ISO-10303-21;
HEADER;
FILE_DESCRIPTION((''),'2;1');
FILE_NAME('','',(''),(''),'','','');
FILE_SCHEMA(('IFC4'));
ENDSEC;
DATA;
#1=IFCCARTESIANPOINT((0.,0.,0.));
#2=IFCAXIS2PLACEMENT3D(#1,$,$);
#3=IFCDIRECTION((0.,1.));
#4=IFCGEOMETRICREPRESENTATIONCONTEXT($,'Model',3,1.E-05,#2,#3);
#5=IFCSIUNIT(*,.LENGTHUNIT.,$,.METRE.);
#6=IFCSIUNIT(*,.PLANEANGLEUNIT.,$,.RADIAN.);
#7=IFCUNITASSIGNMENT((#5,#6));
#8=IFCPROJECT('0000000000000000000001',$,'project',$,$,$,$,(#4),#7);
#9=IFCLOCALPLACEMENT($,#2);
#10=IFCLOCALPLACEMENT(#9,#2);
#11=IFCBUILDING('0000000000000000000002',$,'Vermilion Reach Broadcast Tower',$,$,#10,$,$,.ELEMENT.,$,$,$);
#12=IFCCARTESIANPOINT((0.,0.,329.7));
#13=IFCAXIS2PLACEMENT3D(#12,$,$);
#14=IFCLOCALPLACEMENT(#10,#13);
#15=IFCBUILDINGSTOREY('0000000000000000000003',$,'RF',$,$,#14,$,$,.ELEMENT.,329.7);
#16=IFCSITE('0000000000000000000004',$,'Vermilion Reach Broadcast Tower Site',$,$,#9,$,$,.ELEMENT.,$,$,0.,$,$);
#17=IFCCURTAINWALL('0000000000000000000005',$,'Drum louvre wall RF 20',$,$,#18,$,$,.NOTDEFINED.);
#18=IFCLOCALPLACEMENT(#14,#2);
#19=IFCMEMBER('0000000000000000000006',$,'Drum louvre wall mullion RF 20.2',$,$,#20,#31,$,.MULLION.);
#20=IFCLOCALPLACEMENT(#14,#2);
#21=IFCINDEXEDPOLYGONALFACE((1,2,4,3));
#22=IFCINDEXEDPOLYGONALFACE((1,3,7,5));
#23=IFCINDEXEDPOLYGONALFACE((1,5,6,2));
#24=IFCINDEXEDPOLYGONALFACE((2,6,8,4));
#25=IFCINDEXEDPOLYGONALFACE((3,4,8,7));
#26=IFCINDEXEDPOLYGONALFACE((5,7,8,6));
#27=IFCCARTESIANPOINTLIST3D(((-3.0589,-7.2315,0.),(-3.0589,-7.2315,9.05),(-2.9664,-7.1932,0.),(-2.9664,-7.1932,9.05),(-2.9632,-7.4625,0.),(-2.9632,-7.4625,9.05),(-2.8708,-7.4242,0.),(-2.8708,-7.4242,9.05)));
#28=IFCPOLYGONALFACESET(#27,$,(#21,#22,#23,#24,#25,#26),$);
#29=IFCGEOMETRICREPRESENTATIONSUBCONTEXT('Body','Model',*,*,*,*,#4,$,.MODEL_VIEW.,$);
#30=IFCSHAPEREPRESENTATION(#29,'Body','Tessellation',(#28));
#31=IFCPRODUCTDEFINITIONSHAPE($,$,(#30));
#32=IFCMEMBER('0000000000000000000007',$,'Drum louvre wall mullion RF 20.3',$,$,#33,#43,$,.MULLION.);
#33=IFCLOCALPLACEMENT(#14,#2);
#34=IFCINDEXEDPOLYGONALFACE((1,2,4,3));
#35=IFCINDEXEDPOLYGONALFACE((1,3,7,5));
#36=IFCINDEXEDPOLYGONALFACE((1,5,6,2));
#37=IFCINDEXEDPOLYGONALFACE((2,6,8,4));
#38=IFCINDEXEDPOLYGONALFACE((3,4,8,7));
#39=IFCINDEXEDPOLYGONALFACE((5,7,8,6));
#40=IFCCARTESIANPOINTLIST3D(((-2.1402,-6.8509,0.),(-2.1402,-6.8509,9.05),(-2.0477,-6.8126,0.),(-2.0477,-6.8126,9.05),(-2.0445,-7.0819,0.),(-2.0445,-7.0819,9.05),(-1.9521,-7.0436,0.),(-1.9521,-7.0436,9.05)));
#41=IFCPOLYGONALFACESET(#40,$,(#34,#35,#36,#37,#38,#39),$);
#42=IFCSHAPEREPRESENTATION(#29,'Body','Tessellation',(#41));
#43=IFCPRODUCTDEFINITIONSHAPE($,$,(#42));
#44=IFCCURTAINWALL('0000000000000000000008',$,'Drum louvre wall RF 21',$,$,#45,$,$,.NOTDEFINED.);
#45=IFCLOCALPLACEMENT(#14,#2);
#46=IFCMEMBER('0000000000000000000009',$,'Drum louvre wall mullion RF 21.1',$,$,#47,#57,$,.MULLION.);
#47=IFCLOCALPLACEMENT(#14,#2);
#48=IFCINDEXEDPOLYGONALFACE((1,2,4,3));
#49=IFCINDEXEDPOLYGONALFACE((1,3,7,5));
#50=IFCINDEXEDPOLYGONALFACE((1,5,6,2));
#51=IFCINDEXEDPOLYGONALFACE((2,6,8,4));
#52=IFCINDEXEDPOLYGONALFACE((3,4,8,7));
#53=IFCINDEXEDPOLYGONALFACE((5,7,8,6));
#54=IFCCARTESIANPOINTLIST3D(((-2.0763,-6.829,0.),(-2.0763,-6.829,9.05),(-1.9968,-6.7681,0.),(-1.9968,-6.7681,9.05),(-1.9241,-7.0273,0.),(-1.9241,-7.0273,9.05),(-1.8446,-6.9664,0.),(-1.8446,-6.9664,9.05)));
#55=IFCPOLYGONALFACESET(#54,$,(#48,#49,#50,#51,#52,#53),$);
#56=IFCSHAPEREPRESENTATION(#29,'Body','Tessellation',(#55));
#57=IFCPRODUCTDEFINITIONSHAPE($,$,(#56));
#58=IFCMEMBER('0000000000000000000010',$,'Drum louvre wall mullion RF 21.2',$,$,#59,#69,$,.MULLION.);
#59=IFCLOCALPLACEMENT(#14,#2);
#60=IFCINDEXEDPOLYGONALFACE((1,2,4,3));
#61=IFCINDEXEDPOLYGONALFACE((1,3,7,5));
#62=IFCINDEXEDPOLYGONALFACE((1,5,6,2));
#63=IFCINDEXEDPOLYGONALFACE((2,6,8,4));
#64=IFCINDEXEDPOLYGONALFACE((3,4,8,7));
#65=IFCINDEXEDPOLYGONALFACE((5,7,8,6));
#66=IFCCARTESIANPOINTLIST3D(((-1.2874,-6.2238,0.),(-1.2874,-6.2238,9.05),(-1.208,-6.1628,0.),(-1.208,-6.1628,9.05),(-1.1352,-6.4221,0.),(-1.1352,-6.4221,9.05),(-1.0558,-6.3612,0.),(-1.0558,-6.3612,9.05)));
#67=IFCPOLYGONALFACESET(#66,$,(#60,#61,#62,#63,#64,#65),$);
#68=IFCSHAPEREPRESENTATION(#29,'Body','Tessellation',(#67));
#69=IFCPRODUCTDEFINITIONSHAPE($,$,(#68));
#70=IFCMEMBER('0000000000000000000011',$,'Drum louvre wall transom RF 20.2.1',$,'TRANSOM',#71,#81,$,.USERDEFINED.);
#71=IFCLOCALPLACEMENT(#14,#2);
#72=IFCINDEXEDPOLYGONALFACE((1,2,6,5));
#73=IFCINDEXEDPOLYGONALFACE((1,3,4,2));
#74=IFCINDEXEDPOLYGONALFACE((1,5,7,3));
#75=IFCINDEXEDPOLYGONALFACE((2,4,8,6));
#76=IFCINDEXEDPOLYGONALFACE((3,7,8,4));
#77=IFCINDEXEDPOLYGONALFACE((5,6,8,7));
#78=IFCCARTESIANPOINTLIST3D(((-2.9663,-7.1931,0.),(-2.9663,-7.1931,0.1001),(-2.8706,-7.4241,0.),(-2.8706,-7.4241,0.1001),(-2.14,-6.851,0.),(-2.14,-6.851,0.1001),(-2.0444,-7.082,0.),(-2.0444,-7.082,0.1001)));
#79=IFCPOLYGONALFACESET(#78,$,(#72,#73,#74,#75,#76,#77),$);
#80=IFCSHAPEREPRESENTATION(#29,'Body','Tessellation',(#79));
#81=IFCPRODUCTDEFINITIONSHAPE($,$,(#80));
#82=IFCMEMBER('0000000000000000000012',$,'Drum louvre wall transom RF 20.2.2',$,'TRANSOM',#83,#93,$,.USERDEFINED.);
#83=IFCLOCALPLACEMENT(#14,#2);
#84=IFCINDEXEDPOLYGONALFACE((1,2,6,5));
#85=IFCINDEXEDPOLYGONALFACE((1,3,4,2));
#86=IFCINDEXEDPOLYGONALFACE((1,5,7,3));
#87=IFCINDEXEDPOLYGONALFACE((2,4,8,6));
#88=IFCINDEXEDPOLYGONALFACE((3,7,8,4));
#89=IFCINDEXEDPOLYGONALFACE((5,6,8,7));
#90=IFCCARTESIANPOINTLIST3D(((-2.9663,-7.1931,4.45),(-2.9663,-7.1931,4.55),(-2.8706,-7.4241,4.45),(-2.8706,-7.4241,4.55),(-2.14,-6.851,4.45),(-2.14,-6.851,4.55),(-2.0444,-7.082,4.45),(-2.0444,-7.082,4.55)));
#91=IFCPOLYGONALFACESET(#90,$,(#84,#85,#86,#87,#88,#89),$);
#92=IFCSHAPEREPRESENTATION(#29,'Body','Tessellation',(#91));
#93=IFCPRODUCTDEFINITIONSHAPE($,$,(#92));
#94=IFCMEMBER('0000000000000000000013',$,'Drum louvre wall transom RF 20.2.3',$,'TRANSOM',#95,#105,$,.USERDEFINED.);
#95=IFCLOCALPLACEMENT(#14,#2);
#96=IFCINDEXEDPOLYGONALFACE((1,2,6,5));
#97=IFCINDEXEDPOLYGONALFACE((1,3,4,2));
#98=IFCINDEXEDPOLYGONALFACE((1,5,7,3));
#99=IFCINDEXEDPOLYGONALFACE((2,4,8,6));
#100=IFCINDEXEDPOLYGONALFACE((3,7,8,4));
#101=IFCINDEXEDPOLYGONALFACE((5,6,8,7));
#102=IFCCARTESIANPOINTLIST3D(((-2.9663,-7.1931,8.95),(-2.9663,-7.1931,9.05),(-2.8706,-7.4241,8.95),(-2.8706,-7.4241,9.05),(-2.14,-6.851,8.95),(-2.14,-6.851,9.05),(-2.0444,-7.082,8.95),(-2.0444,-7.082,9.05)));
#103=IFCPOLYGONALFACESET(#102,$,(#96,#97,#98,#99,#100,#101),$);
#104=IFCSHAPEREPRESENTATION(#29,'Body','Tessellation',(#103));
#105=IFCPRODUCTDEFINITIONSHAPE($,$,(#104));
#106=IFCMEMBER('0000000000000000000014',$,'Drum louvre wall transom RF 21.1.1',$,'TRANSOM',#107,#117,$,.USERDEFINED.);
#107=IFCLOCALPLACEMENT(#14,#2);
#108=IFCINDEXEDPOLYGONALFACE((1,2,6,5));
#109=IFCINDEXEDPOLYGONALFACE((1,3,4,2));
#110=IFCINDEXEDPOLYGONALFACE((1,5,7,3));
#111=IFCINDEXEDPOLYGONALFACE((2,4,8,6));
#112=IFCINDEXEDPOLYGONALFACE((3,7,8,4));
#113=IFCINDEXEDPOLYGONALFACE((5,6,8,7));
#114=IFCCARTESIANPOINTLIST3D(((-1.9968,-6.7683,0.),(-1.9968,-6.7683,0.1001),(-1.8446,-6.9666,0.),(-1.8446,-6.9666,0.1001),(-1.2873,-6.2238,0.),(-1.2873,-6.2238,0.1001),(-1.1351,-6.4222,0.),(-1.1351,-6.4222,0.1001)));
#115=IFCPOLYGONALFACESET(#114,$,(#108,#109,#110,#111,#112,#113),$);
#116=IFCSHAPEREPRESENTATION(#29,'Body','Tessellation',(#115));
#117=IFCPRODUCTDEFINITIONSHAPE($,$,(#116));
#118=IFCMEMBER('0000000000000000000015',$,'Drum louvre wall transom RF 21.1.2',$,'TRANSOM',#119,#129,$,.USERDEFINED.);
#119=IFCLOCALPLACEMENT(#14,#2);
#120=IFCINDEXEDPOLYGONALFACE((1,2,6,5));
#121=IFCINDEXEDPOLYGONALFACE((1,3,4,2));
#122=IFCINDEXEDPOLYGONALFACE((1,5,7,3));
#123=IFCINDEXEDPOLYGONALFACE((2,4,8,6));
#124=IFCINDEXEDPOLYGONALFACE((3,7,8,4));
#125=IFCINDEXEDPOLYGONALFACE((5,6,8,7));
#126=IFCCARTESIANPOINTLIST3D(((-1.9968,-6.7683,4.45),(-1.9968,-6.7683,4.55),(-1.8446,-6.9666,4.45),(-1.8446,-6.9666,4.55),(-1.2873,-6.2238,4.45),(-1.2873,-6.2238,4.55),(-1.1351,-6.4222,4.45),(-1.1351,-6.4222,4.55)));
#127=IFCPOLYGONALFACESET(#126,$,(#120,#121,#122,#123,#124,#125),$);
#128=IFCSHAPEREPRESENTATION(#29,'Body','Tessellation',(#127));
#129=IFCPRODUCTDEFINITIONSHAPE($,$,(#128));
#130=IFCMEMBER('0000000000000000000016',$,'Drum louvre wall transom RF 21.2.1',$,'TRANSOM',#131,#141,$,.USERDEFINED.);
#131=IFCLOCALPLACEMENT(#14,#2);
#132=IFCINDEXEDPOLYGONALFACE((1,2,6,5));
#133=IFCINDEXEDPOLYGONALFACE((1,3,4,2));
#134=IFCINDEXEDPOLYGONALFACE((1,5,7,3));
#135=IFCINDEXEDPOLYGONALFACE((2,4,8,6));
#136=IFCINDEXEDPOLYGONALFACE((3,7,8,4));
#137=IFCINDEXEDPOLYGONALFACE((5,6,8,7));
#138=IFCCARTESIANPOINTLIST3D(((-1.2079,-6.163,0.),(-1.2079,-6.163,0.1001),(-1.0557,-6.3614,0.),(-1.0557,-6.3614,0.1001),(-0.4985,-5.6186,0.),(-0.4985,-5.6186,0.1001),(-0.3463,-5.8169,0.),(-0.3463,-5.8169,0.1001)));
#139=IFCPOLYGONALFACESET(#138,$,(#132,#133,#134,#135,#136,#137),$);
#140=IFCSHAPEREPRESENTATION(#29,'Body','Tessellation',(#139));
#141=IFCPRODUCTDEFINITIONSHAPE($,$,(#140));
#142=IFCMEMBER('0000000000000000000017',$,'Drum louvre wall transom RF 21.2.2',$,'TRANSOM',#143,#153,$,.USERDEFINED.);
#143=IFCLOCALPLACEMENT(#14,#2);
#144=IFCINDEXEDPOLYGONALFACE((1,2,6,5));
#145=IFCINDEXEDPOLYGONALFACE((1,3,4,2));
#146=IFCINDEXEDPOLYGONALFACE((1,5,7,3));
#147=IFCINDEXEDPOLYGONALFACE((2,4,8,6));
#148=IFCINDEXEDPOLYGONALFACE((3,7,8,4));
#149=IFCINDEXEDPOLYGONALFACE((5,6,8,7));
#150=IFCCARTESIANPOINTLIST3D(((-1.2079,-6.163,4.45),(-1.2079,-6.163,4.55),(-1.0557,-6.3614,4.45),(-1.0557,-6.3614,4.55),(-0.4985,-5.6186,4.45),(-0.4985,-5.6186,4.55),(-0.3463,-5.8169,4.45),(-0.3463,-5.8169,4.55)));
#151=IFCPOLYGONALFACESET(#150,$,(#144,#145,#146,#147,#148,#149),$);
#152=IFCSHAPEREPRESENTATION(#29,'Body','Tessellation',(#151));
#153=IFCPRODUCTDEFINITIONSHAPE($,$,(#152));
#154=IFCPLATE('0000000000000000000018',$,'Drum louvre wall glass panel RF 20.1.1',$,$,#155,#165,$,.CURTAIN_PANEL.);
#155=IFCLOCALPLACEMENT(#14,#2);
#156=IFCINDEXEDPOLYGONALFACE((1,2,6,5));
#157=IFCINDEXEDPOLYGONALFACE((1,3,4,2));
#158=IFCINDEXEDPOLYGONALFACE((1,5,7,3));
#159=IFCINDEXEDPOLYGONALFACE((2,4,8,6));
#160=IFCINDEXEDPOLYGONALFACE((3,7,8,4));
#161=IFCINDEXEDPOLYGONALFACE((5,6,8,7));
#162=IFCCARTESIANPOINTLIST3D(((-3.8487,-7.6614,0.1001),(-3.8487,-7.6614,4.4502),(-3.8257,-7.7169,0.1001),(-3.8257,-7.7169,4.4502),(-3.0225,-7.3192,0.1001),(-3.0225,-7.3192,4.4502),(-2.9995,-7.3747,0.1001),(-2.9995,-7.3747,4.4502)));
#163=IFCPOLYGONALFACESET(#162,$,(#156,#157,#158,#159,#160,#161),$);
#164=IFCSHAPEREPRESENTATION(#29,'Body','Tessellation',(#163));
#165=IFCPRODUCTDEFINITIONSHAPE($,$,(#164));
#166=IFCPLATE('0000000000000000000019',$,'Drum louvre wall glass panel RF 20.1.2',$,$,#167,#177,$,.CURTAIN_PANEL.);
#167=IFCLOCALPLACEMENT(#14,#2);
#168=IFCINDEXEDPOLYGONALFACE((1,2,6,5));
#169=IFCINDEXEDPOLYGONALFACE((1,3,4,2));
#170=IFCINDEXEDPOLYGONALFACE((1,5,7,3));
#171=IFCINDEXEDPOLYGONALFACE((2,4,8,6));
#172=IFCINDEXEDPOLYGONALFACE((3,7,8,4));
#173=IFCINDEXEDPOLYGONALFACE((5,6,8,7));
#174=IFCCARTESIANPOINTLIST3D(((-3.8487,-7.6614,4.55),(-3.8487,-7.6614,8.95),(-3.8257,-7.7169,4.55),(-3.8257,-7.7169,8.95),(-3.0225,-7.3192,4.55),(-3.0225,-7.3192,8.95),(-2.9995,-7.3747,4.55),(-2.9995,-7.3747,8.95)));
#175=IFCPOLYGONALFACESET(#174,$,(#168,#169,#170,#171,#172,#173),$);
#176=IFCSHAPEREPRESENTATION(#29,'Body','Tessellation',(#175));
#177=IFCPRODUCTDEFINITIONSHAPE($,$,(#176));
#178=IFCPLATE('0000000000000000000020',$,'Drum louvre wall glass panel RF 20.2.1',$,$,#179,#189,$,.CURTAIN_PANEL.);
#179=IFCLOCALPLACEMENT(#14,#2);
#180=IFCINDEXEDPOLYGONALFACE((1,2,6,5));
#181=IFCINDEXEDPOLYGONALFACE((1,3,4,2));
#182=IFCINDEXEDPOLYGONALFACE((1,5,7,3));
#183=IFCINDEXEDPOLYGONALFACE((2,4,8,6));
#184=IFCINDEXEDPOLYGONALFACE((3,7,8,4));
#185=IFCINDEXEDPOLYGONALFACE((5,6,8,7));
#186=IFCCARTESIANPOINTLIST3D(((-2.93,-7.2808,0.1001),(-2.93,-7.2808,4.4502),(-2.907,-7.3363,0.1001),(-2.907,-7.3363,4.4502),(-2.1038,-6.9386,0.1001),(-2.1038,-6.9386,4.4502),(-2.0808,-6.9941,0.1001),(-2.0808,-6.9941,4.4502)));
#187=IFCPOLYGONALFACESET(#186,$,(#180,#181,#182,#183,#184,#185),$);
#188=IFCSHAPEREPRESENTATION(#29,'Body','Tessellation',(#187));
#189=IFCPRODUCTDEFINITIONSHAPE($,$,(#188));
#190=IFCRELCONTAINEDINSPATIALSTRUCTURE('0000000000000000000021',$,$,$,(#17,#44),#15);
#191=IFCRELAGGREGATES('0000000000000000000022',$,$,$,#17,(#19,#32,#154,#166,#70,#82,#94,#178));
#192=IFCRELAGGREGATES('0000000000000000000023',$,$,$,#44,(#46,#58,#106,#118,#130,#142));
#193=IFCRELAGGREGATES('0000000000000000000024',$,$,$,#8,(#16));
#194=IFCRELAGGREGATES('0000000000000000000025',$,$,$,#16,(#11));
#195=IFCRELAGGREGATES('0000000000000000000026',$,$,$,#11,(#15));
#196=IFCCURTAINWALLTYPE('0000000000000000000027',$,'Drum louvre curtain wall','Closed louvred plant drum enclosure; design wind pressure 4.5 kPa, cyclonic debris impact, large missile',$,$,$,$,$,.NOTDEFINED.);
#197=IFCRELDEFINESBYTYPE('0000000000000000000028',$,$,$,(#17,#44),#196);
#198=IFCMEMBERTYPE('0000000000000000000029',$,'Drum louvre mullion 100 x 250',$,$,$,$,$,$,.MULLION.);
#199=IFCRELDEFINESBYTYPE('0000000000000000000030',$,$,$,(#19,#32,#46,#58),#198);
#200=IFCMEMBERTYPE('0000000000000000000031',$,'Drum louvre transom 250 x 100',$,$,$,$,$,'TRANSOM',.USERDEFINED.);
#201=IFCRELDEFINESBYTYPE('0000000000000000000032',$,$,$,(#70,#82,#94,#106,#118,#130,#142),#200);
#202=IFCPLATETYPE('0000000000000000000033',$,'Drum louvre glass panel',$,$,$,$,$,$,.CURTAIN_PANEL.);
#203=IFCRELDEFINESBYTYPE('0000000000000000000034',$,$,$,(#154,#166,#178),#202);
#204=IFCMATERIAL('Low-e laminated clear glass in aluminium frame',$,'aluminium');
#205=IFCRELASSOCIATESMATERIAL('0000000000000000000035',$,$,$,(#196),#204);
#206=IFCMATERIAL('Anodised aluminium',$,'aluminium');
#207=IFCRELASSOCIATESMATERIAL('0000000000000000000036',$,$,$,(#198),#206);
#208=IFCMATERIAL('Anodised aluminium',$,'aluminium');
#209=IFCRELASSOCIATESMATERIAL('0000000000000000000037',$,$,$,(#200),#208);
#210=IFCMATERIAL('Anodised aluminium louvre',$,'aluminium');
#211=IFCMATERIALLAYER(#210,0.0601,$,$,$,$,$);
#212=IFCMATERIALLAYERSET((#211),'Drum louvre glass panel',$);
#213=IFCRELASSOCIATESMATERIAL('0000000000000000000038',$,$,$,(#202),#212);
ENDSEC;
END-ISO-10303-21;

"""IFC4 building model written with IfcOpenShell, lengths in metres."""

from ifc_helpers import new_model, si_unit, direction, frame, origin, origin_2d, place, context, subcontext, project, spatial, rectangle, extrude, material, layer, layer_set, material_profile, profile_set, type_object, element, aggregate, save


model = new_model("IFC4")

# Units and contexts
model_context = context("Model", 3, precision=1e-05, world=origin(), true_north=direction((0.0, 1.0)))
body_context = subcontext(model_context, "Body", "Model", "MODEL_VIEW")
ifc_project = project(units=[si_unit("LENGTHUNIT", "METRE"), si_unit("PLANEANGLEUNIT", "RADIAN")], contexts=[model_context])

# Site, building, storey
site_placement = place(None, origin())
site = spatial("IfcSite", under=ifc_project, at=site_placement, Name="Vermilion Reach Broadcast Tower Site", CompositionType="ELEMENT", RefElevation=0.0)
building_placement = place(site_placement, origin())
building = spatial("IfcBuilding", under=site, at=building_placement, Name="Vermilion Reach Broadcast Tower", CompositionType="ELEMENT")
storey_placement = place(building_placement, frame((0.0, 0.0, 329.7)))
storey = spatial("IfcBuildingStorey", under=building, at=storey_placement, Name="RF", CompositionType="ELEMENT", Elevation=329.7)

# Curtain walls, members
ifc_material_1 = material(Name="Low-e laminated clear glass in aluminium frame", Category="aluminium")
curtain_wall_type = type_object("IfcCurtainWallType", Name="Drum louvre curtain wall", Description="Closed louvred plant drum enclosure; design wind pressure 4.5 kPa, cyclonic debris impact, large missile", PredefinedType="NOTDEFINED", material=ifc_material_1)
placement = place(storey_placement, origin())
curtain_wall_1 = element("IfcCurtainWall", 1, at=placement, inside=storey, type_object=curtain_wall_type, Name="Drum louvre wall RF 20", PredefinedType="NOTDEFINED")
ifc_material_2 = material(Name="Anodised aluminium", Category="aluminium")
ifc_material_profile_1 = material_profile(ifc_material_2, rectangle(XDim=0.25, YDim=0.1001, at=origin_2d()), Name="Drum louvre mullion 100 x 250")
ifc_profile_set_1 = profile_set([ifc_material_profile_1], Name="Anodised aluminium")
member_type_1 = type_object("IfcMemberType", Name="Drum louvre mullion 100 x 250", PredefinedType="MULLION", material=ifc_profile_set_1)
member_1_placement = place(storey_placement, frame((-2.9648, -7.3279, 0.0), z_axis=(0.0, 0.0, 1.0), x_axis=(-0.382683, 0.92388, 0.0)))
member_1 = element("IfcMember", 2, at=member_1_placement, type_object=member_type_1, Name="Drum louvre wall mullion RF 20.2", PredefinedType="MULLION", context=body_context, shape_type="SweptSolid", body=[
    extrude(rectangle(XDim=0.25, YDim=0.1001, at=origin_2d()), origin(), (0.0, 0.0, 1.0), 9.05),
])
member_2_placement = place(storey_placement, frame((-2.0461, -6.9473, 0.0), z_axis=(0.0, 0.0, 1.0), x_axis=(-0.382683, 0.92388, 0.0)))
member_2 = element("IfcMember", 3, at=member_2_placement, type_object=member_type_1, Name="Drum louvre wall mullion RF 20.3", PredefinedType="MULLION", context=body_context, shape_type="SweptSolid", body=[
    extrude(rectangle(XDim=0.25, YDim=0.1001, at=origin_2d()), origin(), (0.0, 0.0, 1.0), 9.05),
])
curtain_wall_2 = element("IfcCurtainWall", 4, at=placement, inside=storey, type_object=curtain_wall_type, Name="Drum louvre wall RF 21", PredefinedType="NOTDEFINED")
member_3_placement = place(storey_placement, frame((-1.9604, -6.8977, 0.0), z_axis=(0.0, 0.0, 1.0), x_axis=(-0.608761, 0.793353, 0.0)))
member_3 = element("IfcMember", 5, at=member_3_placement, type_object=member_type_1, Name="Drum louvre wall mullion RF 21.1", PredefinedType="MULLION", context=body_context, shape_type="SweptSolid", body=[
    extrude(rectangle(XDim=0.25, YDim=0.1001, at=origin_2d()), origin(), (0.0, 0.0, 1.0), 9.05),
])
member_4_placement = place(storey_placement, frame((-1.1716, -6.2925, 0.0), z_axis=(0.0, 0.0, 1.0), x_axis=(-0.608761, 0.793353, 0.0)))
member_4 = element("IfcMember", 6, at=member_4_placement, type_object=member_type_1, Name="Drum louvre wall mullion RF 21.2", PredefinedType="MULLION", context=body_context, shape_type="SweptSolid", body=[
    extrude(rectangle(XDim=0.25, YDim=0.1001, at=origin_2d()), origin(), (0.0, 0.0, 1.0), 9.05),
])

# Members
ifc_material_3 = material(Name="Anodised aluminium", Category="aluminium")
ifc_material_profile_2 = material_profile(ifc_material_3, rectangle(XDim=0.25, YDim=0.1001, at=origin_2d()), Name="Drum louvre transom 250 x 100")
ifc_profile_set_2 = profile_set([ifc_material_profile_2], Name="Anodised aluminium")
member_type_2 = type_object("IfcMemberType", Name="Drum louvre transom 250 x 100", ElementType="TRANSOM", PredefinedType="USERDEFINED", material=ifc_profile_set_2)
member_5_placement = place(storey_placement, frame((-2.9185, -7.3086, 0.05), z_axis=(0.923947, 0.382521, 0.0), x_axis=(-0.382521, 0.923947, 0.0)))
member_5 = element("IfcMember", 7, at=member_5_placement, type_object=member_type_2, Name="Drum louvre wall transom RF 20.2.1", ObjectType="TRANSOM", PredefinedType="USERDEFINED", context=body_context, shape_type="SweptSolid", body=[
    extrude(rectangle(XDim=0.25, YDim=0.1001, at=origin_2d()), origin(), (0.0, 0.0, 1.0), 0.8943),
])
member_6_placement = place(storey_placement, frame((-2.9185, -7.3086, 4.5), z_axis=(0.923947, 0.382521, 0.0), x_axis=(-0.382521, 0.923947, 0.0)))
member_6 = element("IfcMember", 8, at=member_6_placement, type_object=member_type_2, Name="Drum louvre wall transom RF 20.2.2", ObjectType="TRANSOM", PredefinedType="USERDEFINED", context=body_context, shape_type="SweptSolid", body=[
    extrude(rectangle(XDim=0.25, YDim=0.1001, at=origin_2d()), origin(), (0.0, 0.0, 1.0), 0.8943),
])
member_7_placement = place(storey_placement, frame((-2.9185, -7.3086, 9.0), z_axis=(0.923947, 0.382521, 0.0), x_axis=(-0.382521, 0.923947, 0.0)))
member_7 = element("IfcMember", 9, at=member_7_placement, type_object=member_type_2, Name="Drum louvre wall transom RF 20.2.3", ObjectType="TRANSOM", PredefinedType="USERDEFINED", context=body_context, shape_type="SweptSolid", body=[
    extrude(rectangle(XDim=0.25, YDim=0.1001, at=origin_2d()), origin(), (0.0, 0.0, 1.0), 0.8943),
])
member_8_placement = place(storey_placement, frame((-1.9207, -6.8674, 0.05), z_axis=(0.793334, 0.608787, 0.0), x_axis=(-0.608787, 0.793334, 0.0)))
member_8 = element("IfcMember", 10, at=member_8_placement, type_object=member_type_2, Name="Drum louvre wall transom RF 21.1.1", ObjectType="TRANSOM", PredefinedType="USERDEFINED", context=body_context, shape_type="SweptSolid", body=[
    extrude(rectangle(XDim=0.25, YDim=0.1001, at=origin_2d()), origin(), (0.0, 0.0, 1.0), 0.8943),
])
member_9_placement = place(storey_placement, frame((-1.9207, -6.8674, 4.5), z_axis=(0.793334, 0.608787, 0.0), x_axis=(-0.608787, 0.793334, 0.0)))
member_9 = element("IfcMember", 11, at=member_9_placement, type_object=member_type_2, Name="Drum louvre wall transom RF 21.1.2", ObjectType="TRANSOM", PredefinedType="USERDEFINED", context=body_context, shape_type="SweptSolid", body=[
    extrude(rectangle(XDim=0.25, YDim=0.1001, at=origin_2d()), origin(), (0.0, 0.0, 1.0), 0.8943),
])
member_10_placement = place(storey_placement, frame((-1.1318, -6.2622, 0.05), z_axis=(0.793334, 0.608787, 0.0), x_axis=(-0.608787, 0.793334, 0.0)))
member_10 = element("IfcMember", 12, at=member_10_placement, type_object=member_type_2, Name="Drum louvre wall transom RF 21.2.1", ObjectType="TRANSOM", PredefinedType="USERDEFINED", context=body_context, shape_type="SweptSolid", body=[
    extrude(rectangle(XDim=0.25, YDim=0.1001, at=origin_2d()), origin(), (0.0, 0.0, 1.0), 0.8943),
])
member_11_placement = place(storey_placement, frame((-1.1318, -6.2622, 4.5), z_axis=(0.793334, 0.608787, 0.0), x_axis=(-0.608787, 0.793334, 0.0)))
member_11 = element("IfcMember", 13, at=member_11_placement, type_object=member_type_2, Name="Drum louvre wall transom RF 21.2.2", ObjectType="TRANSOM", PredefinedType="USERDEFINED", context=body_context, shape_type="SweptSolid", body=[
    extrude(rectangle(XDim=0.25, YDim=0.1001, at=origin_2d()), origin(), (0.0, 0.0, 1.0), 0.8943),
])

# Plates
ifc_material_4 = material(Name="Anodised aluminium louvre", Category="aluminium")
ifc_layer_1 = layer(ifc_material_4, 0.0601)
ifc_layer_set_1 = layer_set([ifc_layer_1], Name="Drum louvre glass panel")
plate_type = type_object("IfcPlateType", Name="Drum louvre glass panel", PredefinedType="CURTAIN_PANEL", material=ifc_layer_set_1)
plate_1_placement = place(storey_placement, frame((-3.4241, -7.5181, 0.1001), z_axis=(0.0, 0.0, 1.0), x_axis=(0.92388, 0.382683, 0.0)))
plate_1 = element("IfcPlate", 14, at=plate_1_placement, type_object=plate_type, Name="Drum louvre wall glass panel RF 20.1.1", PredefinedType="CURTAIN_PANEL", context=body_context, shape_type="SweptSolid", body=[
    extrude(rectangle(XDim=0.8943, YDim=0.0601, at=origin_2d()), origin(), (0.0, 0.0, 1.0), 4.3501),
])
plate_2_placement = place(storey_placement, frame((-3.4241, -7.5181, 4.55), z_axis=(0.0, 0.0, 1.0), x_axis=(0.92388, 0.382683, 0.0)))
plate_2 = element("IfcPlate", 15, at=plate_2_placement, type_object=plate_type, Name="Drum louvre wall glass panel RF 20.1.2", PredefinedType="CURTAIN_PANEL", context=body_context, shape_type="SweptSolid", body=[
    extrude(rectangle(XDim=0.8943, YDim=0.0601, at=origin_2d()), origin(), (0.0, 0.0, 1.0), 4.3999),
])
plate_3_placement = place(storey_placement, frame((-2.5054, -7.1375, 0.1001), z_axis=(0.0, 0.0, 1.0), x_axis=(0.92388, 0.382683, 0.0)))
plate_3 = element("IfcPlate", 16, at=plate_3_placement, type_object=plate_type, Name="Drum louvre wall glass panel RF 20.2.1", PredefinedType="CURTAIN_PANEL", context=body_context, shape_type="SweptSolid", body=[
    extrude(rectangle(XDim=0.8943, YDim=0.0601, at=origin_2d()), origin(), (0.0, 0.0, 1.0), 4.3501),
])
aggregate(curtain_wall_1, [member_1, member_2, plate_1, plate_2, member_5, member_6, member_7, plate_3])
aggregate(curtain_wall_2, [member_3, member_4, member_8, member_9, member_10, member_11])

save(model, "model.ifc")
